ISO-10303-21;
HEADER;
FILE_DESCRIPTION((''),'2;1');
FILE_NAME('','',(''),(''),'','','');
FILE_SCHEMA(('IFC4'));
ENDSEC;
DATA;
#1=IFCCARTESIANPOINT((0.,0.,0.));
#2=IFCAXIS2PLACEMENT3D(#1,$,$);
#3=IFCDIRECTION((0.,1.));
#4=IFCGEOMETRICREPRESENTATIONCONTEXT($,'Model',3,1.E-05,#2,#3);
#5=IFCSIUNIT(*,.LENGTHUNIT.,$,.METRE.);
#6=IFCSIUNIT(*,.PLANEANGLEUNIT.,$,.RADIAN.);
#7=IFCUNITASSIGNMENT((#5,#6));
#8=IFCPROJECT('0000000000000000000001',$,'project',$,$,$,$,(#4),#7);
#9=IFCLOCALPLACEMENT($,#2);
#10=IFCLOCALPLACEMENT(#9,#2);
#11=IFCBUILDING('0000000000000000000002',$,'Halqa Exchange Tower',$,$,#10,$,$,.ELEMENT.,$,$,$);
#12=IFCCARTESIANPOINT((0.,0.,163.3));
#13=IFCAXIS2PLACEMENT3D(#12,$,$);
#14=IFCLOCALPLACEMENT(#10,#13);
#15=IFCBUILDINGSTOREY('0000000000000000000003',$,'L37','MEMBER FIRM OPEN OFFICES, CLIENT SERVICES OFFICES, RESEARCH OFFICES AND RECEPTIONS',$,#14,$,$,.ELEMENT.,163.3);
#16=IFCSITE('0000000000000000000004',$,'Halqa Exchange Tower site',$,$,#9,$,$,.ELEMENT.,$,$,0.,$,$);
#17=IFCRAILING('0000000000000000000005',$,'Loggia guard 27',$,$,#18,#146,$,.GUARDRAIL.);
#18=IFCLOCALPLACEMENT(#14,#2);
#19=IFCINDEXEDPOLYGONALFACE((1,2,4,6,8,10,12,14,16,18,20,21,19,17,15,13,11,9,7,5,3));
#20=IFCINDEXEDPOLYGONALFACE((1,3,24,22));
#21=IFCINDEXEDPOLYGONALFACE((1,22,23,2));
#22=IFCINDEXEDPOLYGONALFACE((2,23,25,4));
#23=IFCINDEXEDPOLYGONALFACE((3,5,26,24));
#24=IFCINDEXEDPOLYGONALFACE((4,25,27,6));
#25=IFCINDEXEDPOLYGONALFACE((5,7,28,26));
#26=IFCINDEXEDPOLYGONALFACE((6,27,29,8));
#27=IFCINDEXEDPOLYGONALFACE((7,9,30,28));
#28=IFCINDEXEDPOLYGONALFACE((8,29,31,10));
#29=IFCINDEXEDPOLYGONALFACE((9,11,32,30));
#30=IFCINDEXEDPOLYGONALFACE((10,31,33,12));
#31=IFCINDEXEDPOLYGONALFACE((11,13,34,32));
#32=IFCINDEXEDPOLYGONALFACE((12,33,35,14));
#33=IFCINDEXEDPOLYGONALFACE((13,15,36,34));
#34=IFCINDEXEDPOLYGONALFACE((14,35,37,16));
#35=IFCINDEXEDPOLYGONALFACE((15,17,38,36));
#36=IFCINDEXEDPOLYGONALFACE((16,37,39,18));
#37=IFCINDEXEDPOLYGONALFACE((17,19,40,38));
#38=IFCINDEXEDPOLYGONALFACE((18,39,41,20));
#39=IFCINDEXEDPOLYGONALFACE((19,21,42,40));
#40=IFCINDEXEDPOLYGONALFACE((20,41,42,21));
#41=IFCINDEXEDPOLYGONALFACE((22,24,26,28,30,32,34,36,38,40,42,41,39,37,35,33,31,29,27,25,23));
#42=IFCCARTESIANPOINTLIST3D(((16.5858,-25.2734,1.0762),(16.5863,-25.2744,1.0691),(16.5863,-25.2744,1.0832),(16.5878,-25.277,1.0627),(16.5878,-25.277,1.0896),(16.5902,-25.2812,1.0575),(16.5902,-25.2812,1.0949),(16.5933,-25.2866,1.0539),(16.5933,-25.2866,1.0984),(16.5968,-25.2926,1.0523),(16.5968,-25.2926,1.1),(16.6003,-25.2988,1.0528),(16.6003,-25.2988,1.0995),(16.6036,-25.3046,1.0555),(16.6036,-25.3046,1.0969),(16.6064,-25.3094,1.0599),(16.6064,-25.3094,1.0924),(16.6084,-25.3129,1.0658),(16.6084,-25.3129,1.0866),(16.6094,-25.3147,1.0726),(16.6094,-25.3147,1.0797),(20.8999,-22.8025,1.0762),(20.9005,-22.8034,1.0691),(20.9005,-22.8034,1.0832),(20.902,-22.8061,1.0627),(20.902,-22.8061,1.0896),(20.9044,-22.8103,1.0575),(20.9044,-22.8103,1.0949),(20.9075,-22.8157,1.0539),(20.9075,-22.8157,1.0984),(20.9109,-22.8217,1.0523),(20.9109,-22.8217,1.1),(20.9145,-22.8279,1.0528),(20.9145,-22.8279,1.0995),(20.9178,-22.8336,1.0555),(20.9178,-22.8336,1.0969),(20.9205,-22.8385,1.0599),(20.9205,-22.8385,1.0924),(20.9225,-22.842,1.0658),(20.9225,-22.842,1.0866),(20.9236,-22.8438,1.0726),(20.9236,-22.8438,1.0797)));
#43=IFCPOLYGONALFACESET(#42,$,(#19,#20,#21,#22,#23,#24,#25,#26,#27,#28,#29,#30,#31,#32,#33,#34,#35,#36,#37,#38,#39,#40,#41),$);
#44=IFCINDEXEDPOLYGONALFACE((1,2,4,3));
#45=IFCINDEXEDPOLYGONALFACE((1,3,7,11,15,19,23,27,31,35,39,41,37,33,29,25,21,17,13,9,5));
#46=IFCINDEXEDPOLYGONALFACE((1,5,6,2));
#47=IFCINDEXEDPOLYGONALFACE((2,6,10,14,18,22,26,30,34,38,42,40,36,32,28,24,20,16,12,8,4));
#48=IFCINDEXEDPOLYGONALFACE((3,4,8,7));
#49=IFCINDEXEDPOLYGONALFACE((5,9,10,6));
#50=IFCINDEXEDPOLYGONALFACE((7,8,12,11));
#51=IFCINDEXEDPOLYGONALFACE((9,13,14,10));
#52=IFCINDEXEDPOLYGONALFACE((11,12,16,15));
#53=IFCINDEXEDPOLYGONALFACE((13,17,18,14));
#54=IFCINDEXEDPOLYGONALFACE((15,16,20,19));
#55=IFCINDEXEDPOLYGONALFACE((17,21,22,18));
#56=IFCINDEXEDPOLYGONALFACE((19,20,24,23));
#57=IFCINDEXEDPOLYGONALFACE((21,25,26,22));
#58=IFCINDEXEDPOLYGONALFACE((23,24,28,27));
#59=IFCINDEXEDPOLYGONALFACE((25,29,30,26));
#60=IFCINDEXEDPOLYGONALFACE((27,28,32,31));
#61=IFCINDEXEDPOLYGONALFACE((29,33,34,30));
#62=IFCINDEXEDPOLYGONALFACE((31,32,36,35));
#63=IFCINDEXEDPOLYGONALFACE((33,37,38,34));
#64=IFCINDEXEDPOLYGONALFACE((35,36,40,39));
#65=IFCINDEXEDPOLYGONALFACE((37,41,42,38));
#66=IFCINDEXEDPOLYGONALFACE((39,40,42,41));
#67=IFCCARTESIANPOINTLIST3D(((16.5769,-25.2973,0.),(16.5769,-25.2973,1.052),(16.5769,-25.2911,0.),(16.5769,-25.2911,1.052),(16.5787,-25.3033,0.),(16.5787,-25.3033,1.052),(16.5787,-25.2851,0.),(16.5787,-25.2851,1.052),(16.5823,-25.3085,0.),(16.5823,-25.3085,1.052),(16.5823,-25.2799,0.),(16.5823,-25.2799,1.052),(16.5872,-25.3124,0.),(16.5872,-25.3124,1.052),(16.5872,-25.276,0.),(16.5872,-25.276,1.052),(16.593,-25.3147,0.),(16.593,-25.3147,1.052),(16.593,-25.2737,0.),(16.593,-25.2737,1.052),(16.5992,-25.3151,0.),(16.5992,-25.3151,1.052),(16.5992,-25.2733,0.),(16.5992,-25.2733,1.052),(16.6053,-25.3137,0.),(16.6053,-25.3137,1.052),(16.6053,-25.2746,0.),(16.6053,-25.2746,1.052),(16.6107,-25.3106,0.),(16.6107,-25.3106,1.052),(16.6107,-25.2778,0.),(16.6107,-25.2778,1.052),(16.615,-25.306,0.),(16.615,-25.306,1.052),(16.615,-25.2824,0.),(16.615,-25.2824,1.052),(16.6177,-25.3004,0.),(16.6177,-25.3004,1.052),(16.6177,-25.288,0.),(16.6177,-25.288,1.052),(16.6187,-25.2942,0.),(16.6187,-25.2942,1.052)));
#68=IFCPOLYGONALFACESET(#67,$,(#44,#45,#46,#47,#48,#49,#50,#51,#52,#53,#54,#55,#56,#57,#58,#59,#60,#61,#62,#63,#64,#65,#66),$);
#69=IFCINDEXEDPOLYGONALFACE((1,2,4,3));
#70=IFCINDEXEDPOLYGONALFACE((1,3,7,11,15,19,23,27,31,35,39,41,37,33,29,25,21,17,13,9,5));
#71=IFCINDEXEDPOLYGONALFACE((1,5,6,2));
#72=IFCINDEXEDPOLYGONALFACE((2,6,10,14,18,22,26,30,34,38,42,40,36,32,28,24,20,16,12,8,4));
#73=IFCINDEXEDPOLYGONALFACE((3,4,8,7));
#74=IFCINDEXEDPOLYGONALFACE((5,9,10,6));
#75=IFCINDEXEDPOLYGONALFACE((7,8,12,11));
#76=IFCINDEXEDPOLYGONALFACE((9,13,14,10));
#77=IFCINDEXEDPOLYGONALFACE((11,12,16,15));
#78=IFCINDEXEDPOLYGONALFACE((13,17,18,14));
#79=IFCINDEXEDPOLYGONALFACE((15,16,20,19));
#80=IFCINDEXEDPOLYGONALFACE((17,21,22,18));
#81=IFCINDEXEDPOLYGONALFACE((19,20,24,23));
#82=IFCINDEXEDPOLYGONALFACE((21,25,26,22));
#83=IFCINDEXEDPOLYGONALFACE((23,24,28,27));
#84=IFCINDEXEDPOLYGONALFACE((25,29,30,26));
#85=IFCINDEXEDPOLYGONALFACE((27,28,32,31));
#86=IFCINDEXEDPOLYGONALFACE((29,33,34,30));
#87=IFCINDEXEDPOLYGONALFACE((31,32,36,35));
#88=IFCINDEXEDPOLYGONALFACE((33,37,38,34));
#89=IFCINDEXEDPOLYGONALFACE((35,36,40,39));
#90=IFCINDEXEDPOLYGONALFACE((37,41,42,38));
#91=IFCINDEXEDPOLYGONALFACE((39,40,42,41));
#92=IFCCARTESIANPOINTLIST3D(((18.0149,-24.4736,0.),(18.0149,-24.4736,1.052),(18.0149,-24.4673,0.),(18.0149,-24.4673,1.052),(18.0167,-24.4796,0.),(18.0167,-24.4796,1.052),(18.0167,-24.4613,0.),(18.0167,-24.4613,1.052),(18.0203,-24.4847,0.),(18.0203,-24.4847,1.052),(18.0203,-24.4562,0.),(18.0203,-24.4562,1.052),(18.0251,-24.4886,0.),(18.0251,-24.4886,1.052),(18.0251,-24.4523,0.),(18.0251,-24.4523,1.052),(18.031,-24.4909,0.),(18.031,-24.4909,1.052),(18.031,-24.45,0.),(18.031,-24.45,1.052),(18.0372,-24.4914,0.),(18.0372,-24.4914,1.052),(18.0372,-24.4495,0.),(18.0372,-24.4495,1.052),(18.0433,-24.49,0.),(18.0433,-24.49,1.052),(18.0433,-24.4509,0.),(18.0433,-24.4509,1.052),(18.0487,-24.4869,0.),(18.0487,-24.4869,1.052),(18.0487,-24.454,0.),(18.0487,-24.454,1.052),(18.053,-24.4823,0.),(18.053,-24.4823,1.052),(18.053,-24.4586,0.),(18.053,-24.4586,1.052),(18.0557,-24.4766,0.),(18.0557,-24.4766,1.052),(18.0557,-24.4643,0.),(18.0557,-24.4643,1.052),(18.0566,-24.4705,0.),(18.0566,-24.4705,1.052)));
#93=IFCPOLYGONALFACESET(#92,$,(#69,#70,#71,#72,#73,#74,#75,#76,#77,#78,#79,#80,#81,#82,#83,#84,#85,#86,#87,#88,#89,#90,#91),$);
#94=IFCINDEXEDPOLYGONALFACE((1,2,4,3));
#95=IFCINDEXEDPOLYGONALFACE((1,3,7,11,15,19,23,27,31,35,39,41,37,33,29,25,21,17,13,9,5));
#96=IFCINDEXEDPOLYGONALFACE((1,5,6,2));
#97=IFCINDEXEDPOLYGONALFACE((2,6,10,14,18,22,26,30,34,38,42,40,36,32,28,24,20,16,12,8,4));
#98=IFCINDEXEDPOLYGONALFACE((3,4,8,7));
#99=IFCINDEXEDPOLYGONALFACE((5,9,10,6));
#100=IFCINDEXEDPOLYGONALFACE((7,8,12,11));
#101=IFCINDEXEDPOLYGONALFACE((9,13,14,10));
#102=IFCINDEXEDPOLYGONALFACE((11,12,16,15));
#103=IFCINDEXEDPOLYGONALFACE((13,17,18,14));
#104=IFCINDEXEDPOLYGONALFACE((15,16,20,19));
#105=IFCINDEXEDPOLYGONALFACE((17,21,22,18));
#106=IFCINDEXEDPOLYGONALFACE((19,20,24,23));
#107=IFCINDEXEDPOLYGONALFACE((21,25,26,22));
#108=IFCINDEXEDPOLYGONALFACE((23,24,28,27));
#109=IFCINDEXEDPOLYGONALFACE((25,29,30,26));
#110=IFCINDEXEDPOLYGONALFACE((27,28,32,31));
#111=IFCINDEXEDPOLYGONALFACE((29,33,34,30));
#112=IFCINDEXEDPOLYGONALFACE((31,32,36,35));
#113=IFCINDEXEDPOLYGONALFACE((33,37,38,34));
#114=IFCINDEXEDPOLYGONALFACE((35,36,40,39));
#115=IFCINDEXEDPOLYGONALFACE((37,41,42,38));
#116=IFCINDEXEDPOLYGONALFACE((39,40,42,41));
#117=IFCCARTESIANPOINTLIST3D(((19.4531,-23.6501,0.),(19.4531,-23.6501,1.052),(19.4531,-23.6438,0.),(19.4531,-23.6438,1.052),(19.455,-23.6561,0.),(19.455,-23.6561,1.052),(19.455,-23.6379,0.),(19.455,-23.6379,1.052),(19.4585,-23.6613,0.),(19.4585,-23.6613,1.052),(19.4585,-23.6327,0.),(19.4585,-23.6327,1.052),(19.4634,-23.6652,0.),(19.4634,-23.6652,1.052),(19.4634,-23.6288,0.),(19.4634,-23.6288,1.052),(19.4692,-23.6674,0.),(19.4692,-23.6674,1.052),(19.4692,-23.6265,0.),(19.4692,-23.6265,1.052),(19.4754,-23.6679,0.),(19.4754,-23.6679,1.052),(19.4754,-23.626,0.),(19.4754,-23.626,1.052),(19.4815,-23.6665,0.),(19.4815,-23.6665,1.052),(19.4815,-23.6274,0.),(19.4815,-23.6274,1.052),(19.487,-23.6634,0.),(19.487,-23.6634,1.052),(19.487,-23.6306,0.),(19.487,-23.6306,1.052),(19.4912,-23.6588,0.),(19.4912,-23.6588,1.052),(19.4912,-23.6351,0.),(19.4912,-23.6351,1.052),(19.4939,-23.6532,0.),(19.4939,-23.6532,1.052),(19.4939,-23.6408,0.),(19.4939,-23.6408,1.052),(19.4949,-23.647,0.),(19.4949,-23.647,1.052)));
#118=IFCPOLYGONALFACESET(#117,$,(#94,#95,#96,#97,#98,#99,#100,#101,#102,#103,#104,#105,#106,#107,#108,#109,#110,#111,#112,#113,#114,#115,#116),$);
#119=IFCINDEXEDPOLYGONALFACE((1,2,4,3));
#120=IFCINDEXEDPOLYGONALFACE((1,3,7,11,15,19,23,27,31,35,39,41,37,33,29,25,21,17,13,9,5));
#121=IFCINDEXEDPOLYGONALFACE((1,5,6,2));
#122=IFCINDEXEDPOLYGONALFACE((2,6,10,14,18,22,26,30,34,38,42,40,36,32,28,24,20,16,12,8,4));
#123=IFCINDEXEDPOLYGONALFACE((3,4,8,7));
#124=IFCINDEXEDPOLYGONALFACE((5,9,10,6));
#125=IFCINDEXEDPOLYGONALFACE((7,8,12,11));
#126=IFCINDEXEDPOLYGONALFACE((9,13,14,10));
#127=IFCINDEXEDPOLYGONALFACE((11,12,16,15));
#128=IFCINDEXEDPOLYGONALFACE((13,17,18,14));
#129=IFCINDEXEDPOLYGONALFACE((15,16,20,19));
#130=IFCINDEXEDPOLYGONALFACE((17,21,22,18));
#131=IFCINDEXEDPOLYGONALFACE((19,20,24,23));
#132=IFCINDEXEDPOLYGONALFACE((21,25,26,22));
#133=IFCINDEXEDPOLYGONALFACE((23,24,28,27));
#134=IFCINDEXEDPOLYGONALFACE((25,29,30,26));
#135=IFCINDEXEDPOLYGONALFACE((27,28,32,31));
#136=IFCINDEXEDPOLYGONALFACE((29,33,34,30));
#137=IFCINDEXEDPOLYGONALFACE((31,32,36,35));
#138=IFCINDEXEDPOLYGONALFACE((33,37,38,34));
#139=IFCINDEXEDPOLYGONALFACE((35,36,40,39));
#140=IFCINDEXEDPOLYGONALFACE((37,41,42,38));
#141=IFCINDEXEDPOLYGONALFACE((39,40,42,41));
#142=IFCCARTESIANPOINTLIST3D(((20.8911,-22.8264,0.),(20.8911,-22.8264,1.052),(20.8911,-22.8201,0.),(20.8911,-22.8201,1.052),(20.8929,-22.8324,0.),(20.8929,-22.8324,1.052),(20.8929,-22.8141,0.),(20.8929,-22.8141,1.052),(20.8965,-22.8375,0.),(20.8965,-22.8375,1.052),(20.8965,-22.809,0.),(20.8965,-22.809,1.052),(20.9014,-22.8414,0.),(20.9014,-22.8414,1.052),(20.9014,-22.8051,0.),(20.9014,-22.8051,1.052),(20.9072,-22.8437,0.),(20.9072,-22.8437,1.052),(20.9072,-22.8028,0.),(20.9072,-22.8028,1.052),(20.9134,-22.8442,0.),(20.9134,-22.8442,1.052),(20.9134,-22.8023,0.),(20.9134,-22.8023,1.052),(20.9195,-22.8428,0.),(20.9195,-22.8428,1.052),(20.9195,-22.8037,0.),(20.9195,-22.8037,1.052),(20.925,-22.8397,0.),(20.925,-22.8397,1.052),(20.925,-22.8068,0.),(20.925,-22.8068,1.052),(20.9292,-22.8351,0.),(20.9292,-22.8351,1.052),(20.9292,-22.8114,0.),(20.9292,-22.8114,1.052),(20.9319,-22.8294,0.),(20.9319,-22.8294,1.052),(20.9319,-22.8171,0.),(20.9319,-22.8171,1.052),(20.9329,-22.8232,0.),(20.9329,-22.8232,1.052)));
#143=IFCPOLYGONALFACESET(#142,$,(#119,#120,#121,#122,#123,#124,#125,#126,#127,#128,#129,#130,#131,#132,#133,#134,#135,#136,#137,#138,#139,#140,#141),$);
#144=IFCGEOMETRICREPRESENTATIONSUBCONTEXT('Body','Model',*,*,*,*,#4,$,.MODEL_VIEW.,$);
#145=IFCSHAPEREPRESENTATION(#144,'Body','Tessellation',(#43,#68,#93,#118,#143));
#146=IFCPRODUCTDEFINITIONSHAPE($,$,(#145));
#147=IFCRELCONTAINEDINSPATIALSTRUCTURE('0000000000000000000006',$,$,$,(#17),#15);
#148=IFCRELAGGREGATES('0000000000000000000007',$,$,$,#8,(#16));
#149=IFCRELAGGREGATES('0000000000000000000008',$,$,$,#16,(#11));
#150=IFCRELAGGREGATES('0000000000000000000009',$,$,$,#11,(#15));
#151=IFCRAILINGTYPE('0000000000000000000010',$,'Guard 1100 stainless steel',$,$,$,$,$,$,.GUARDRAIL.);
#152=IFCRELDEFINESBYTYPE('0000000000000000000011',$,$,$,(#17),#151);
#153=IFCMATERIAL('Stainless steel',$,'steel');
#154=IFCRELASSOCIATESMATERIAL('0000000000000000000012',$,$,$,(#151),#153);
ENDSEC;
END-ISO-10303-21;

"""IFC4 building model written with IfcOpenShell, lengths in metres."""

from ifc_helpers import new_model, si_unit, direction, frame, origin, origin_2d, place, context, subcontext, project, spatial, circle, extrude, material, type_object, element, save


model = new_model("IFC4")

# Units and contexts
model_context = context("Model", 3, precision=1e-05, world=origin(), true_north=direction((0.0, 1.0)))
body_context = subcontext(model_context, "Body", "Model", "MODEL_VIEW")
ifc_project = project(units=[si_unit("LENGTHUNIT", "METRE"), si_unit("PLANEANGLEUNIT", "RADIAN")], contexts=[model_context])

# Site, building, storey
site_placement = place(None, origin())
site = spatial("IfcSite", under=ifc_project, at=site_placement, Name="Halqa Exchange Tower site", CompositionType="ELEMENT", RefElevation=0.0)
building_placement = place(site_placement, origin())
building = spatial("IfcBuilding", under=site, at=building_placement, Name="Halqa Exchange Tower", CompositionType="ELEMENT")
storey_placement = place(building_placement, frame((0.0, 0.0, 163.3)))
storey = spatial("IfcBuildingStorey", under=building, at=storey_placement, Name="L37", Description="MEMBER FIRM OPEN OFFICES, CLIENT SERVICES OFFICES, RESEARCH OFFICES AND RECEPTIONS", CompositionType="ELEMENT", Elevation=163.3)

# Railing
ifc_material_1 = material(Name="Stainless steel", Category="steel")
railing_type = type_object("IfcRailingType", Name="Guard 1100 stainless steel", PredefinedType="GUARDRAIL", material=ifc_material_1)
railing_1_placement = place(storey_placement, frame((16.5977, -25.2942, 0.0)))
element("IfcRailing", 1, at=railing_1_placement, inside=storey, type_object=railing_type, Name="Loggia guard 27", PredefinedType="GUARDRAIL", context=body_context, shape_type="SweptSolid", body=[
    extrude(circle(Radius=0.0239, at=origin_2d()), frame((0.0, 0.0, 1.0762), z_axis=(0.86775, 0.497001, 0.0), x_axis=(-0.497001, 0.86775, 0.0)), (0.0, 0.0, 1.0), 4.9717),
    extrude(circle(Radius=0.021, at=origin_2d()), origin(), (0.0, 0.0, 1.0), 1.052),
    extrude(circle(Radius=0.021, at=origin_2d()), frame((1.438, 0.8237, 0.0)), (0.0, 0.0, 1.0), 1.052),
    extrude(circle(Radius=0.021, at=origin_2d()), frame((2.8762, 1.6472, 0.0)), (0.0, 0.0, 1.0), 1.052),
    extrude(circle(Radius=0.021, at=origin_2d()), frame((4.3142, 2.4709, 0.0)), (0.0, 0.0, 1.0), 1.052),
])

save(model, "model.ifc")
